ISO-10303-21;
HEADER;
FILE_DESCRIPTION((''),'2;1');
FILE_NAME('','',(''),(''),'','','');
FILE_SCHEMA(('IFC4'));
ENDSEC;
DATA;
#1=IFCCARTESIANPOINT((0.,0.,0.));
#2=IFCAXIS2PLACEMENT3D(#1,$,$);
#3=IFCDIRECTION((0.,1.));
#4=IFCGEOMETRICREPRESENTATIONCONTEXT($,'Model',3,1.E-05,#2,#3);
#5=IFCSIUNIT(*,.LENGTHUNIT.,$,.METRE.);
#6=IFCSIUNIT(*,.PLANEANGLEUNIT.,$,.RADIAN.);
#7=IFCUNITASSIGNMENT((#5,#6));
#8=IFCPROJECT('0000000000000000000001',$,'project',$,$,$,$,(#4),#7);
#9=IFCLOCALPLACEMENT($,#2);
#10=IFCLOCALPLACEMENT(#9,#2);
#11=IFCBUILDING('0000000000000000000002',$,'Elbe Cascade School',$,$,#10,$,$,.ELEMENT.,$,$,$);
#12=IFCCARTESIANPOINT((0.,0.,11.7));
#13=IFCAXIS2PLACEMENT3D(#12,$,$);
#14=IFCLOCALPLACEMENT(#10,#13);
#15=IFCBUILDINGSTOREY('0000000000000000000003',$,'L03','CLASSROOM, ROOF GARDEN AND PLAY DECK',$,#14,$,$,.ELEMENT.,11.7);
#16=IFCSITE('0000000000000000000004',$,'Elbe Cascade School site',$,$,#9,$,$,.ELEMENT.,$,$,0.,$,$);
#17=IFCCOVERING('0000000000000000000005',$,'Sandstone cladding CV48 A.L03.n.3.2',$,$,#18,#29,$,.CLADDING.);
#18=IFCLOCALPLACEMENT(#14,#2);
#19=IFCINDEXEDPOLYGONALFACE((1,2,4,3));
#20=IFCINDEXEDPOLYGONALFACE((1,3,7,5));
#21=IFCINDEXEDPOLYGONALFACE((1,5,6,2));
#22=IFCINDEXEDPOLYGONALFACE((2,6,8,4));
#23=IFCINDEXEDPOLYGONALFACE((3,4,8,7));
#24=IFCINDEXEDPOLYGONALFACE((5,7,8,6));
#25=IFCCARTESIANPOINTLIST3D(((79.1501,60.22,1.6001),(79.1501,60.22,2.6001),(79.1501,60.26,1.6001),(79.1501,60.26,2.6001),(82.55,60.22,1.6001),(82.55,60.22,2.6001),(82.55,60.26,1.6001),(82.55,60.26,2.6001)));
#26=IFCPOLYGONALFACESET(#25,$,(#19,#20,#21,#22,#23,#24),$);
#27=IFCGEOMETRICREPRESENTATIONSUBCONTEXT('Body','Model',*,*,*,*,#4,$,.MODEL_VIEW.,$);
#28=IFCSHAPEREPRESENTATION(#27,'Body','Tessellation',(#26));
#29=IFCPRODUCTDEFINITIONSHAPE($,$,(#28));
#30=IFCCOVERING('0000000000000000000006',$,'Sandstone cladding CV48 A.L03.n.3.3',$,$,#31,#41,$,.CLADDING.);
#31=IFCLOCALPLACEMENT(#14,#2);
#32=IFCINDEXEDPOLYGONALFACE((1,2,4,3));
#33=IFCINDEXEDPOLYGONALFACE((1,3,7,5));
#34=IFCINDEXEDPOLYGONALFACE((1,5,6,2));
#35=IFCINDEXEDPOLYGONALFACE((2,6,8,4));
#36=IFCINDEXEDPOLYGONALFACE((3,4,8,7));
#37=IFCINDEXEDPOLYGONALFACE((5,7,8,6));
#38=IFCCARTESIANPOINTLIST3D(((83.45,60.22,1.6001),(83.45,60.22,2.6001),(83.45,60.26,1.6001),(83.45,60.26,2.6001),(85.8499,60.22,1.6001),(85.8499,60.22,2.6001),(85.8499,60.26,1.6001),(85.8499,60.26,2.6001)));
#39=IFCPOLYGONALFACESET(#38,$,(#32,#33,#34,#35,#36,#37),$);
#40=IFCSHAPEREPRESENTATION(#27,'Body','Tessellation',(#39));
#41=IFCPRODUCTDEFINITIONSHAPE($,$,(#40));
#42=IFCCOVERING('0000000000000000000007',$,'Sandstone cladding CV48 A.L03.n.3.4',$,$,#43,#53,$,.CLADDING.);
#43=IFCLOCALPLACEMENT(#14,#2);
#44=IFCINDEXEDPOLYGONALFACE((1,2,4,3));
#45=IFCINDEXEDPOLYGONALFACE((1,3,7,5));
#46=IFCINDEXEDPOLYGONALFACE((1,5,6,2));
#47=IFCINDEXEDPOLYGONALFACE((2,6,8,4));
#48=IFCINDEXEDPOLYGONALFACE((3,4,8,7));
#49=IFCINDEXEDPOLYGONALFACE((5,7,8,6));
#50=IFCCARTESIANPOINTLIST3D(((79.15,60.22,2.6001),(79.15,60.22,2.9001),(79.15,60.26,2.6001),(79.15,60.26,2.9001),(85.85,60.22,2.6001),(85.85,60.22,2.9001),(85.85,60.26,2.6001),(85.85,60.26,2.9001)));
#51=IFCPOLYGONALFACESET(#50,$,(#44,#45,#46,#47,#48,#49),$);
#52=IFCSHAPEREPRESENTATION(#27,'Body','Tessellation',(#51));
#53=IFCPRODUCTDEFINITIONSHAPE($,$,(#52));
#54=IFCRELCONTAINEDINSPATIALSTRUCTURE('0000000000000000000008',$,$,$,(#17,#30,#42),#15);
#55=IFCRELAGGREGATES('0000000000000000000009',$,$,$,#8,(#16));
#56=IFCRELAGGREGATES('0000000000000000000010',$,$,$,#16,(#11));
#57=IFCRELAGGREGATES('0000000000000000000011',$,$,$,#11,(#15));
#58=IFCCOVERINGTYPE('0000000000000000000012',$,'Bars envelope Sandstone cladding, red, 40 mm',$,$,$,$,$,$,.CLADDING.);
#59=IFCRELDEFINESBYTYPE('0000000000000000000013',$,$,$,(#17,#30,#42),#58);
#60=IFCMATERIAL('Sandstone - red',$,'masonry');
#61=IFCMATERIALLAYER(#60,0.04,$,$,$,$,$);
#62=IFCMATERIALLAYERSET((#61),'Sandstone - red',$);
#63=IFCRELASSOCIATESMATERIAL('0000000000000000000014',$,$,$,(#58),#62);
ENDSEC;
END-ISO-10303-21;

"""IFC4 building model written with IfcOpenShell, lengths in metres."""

from ifc_helpers import new_model, si_unit, direction, frame, origin, origin_2d, place, context, subcontext, project, spatial, rectangle, extrude, material, layer, layer_set, type_object, element, save


model = new_model("IFC4")

# Units and contexts
model_context = context("Model", 3, precision=1e-05, world=origin(), true_north=direction((0.0, 1.0)))
body_context = subcontext(model_context, "Body", "Model", "MODEL_VIEW")
ifc_project = project(units=[si_unit("LENGTHUNIT", "METRE"), si_unit("PLANEANGLEUNIT", "RADIAN")], contexts=[model_context])

# Site, building, storey
site_placement = place(None, origin())
site = spatial("IfcSite", under=ifc_project, at=site_placement, Name="Elbe Cascade School site", CompositionType="ELEMENT", RefElevation=0.0)
building_placement = place(site_placement, origin())
building = spatial("IfcBuilding", under=site, at=building_placement, Name="Elbe Cascade School", CompositionType="ELEMENT")
storey_placement = place(building_placement, frame((0.0, 0.0, 11.7)))
storey = spatial("IfcBuildingStorey", under=building, at=storey_placement, Name="L03", Description="CLASSROOM, ROOF GARDEN AND PLAY DECK", CompositionType="ELEMENT", Elevation=11.7)

# Coverings
ifc_material_1 = material(Name="Sandstone - red", Category="masonry")
ifc_layer_1 = layer(ifc_material_1, 0.04)
ifc_layer_set_1 = layer_set([ifc_layer_1], Name="Sandstone - red")
covering_type_1 = type_object("IfcCoveringType", Name="Bars envelope Sandstone cladding, red, 40 mm", PredefinedType="CLADDING", material=ifc_layer_set_1)
covering_1_placement = place(storey_placement, frame((80.8501, 60.24, 1.6001), z_axis=(0.0, 0.0, 1.0), x_axis=(1.0, 0.0, 0.0)))
element("IfcCovering", 1, at=covering_1_placement, inside=storey, type_object=covering_type_1, Name="Sandstone cladding CV48 A.L03.n.3.2", PredefinedType="CLADDING", context=body_context, shape_type="SweptSolid", body=[
    extrude(rectangle(XDim=3.3999, YDim=0.04, at=origin_2d()), origin(), (0.0, 0.0, 1.0), 1.0),
])
covering_2_placement = place(storey_placement, frame((84.6499, 60.24, 1.6001), z_axis=(0.0, 0.0, 1.0), x_axis=(1.0, 0.0, 0.0)))
element("IfcCovering", 2, at=covering_2_placement, inside=storey, type_object=covering_type_1, Name="Sandstone cladding CV48 A.L03.n.3.3", PredefinedType="CLADDING", context=body_context, shape_type="SweptSolid", body=[
    extrude(rectangle(XDim=2.3999, YDim=0.04, at=origin_2d()), origin(), (0.0, 0.0, 1.0), 1.0),
])
covering_3_placement = place(storey_placement, frame((82.5, 60.24, 2.6001), z_axis=(0.0, 0.0, 1.0), x_axis=(1.0, 0.0, 0.0)))
element("IfcCovering", 3, at=covering_3_placement, inside=storey, type_object=covering_type_1, Name="Sandstone cladding CV48 A.L03.n.3.4", PredefinedType="CLADDING", context=body_context, shape_type="SweptSolid", body=[
    extrude(rectangle(XDim=6.7, YDim=0.04, at=origin_2d()), origin(), (0.0, 0.0, 1.0), 0.3),
])

save(model, "model.ifc")
